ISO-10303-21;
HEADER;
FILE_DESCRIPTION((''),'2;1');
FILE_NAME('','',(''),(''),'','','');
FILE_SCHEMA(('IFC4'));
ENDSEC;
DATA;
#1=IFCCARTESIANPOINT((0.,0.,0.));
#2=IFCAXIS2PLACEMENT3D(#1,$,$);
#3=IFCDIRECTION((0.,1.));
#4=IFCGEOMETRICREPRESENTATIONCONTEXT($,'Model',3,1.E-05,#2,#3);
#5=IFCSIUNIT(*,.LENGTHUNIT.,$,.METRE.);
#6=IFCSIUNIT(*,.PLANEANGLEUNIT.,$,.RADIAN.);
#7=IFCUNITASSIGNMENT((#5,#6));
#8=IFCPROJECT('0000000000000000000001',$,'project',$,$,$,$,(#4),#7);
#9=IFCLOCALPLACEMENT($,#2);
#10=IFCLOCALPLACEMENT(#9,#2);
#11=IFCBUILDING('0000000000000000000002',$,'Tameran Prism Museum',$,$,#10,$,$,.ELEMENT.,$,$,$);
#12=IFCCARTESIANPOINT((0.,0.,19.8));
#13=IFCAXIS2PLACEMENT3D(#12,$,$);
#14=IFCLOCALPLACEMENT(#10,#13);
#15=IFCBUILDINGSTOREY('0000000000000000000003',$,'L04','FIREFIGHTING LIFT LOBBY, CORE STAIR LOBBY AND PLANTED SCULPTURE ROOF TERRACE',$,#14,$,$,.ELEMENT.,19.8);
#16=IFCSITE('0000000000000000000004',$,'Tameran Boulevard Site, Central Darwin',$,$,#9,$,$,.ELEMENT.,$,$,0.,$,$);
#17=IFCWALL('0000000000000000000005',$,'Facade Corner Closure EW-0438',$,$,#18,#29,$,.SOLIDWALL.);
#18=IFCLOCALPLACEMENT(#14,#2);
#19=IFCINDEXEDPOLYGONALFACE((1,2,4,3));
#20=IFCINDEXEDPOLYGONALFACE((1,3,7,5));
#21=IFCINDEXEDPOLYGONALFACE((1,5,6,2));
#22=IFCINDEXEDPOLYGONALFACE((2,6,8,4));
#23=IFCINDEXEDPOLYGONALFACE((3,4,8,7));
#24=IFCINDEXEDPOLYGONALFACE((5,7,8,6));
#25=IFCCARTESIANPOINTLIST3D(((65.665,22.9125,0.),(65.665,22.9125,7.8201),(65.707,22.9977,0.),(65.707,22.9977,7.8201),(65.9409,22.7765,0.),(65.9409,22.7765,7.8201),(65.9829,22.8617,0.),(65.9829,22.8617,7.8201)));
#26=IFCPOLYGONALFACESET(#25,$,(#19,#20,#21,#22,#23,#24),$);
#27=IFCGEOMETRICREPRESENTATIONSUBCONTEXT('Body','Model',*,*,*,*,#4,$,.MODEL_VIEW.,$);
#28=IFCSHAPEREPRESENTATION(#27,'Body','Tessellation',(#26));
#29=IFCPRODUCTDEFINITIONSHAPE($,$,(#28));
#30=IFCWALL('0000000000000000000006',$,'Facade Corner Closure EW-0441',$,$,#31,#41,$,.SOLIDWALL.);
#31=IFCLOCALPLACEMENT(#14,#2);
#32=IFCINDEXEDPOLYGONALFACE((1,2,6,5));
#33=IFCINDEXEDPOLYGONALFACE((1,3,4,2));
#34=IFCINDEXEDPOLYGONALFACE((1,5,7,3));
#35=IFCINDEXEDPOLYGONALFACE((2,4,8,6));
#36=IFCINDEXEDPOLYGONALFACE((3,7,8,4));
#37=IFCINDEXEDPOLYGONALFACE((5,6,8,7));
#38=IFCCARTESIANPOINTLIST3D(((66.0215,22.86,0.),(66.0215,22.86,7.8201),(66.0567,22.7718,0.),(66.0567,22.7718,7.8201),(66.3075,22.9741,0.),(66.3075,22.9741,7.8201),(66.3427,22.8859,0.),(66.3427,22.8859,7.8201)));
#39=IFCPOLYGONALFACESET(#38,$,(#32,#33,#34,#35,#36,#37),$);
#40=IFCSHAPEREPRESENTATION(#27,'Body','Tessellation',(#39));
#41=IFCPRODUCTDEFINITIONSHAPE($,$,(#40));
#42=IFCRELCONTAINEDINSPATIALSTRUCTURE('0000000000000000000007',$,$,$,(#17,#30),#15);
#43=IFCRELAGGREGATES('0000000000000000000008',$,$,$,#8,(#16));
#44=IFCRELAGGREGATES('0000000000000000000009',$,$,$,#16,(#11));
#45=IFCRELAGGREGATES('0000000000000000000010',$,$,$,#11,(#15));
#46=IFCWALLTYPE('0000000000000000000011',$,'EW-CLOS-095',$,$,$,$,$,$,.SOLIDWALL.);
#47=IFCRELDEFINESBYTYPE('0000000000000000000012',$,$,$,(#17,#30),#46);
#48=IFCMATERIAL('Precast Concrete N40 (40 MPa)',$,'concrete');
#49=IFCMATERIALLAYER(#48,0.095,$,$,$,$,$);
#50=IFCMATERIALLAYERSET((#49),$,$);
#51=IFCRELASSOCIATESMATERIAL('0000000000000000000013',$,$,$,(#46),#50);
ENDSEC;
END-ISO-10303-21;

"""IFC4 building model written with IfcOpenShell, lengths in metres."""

from ifc_helpers import new_model, si_unit, direction, frame, frame_2d, origin, place, context, subcontext, project, spatial, rectangle, extrude, material, layer, layer_set, type_object, element, save


model = new_model("IFC4")

# Units and contexts
model_context = context("Model", 3, precision=1e-05, world=origin(), true_north=direction((0.0, 1.0)))
body_context = subcontext(model_context, "Body", "Model", "MODEL_VIEW")
ifc_project = project(units=[si_unit("LENGTHUNIT", "METRE"), si_unit("PLANEANGLEUNIT", "RADIAN")], contexts=[model_context])

# Site, building, storey
site_placement = place(None, origin())
site = spatial("IfcSite", under=ifc_project, at=site_placement, Name="Tameran Boulevard Site, Central Darwin", CompositionType="ELEMENT", RefElevation=0.0)
building_placement = place(site_placement, origin())
building = spatial("IfcBuilding", under=site, at=building_placement, Name="Tameran Prism Museum", CompositionType="ELEMENT")
storey_placement = place(building_placement, frame((0.0, 0.0, 19.8)))
storey = spatial("IfcBuildingStorey", under=building, at=storey_placement, Name="L04", Description="FIREFIGHTING LIFT LOBBY, CORE STAIR LOBBY AND PLANTED SCULPTURE ROOF TERRACE", CompositionType="ELEMENT", Elevation=19.8)

# Walls
ifc_material_1 = material(Name="Precast Concrete N40 (40 MPa)", Category="concrete")
ifc_layer_1 = layer(ifc_material_1, 0.095)
ifc_layer_set_1 = layer_set([ifc_layer_1])
wall_type = type_object("IfcWallType", Name="EW-CLOS-095", PredefinedType="SOLIDWALL", material=ifc_layer_set_1)
wall_1_placement = place(storey_placement, frame((65.9619, 22.8191, 0.0), z_axis=(0.0, 0.0, 1.0), x_axis=(-0.896953, 0.442126, 0.0)))
element("IfcWall", 1, at=wall_1_placement, inside=storey, type_object=wall_type, Name="Facade Corner Closure EW-0438", PredefinedType="SOLIDWALL", context=body_context, shape_type="SweptSolid", body=[
    extrude(rectangle(XDim=0.3076, YDim=0.095, at=frame_2d((0.1538, 0.0))), origin(), (0.0, 0.0, 1.0), 7.8201),
])
wall_2_placement = place(storey_placement, frame((66.325, 22.9299, 0.0), z_axis=(0.0, 0.0, 1.0), x_axis=(-0.928859, -0.370433, 0.0)))
element("IfcWall", 2, at=wall_2_placement, inside=storey, type_object=wall_type, Name="Facade Corner Closure EW-0441", PredefinedType="SOLIDWALL", context=body_context, shape_type="SweptSolid", body=[
    extrude(rectangle(XDim=0.3079, YDim=0.095, at=frame_2d((0.1538, 0.0))), origin(), (0.0, 0.0, 1.0), 7.8201),
])

save(model, "model.ifc")
